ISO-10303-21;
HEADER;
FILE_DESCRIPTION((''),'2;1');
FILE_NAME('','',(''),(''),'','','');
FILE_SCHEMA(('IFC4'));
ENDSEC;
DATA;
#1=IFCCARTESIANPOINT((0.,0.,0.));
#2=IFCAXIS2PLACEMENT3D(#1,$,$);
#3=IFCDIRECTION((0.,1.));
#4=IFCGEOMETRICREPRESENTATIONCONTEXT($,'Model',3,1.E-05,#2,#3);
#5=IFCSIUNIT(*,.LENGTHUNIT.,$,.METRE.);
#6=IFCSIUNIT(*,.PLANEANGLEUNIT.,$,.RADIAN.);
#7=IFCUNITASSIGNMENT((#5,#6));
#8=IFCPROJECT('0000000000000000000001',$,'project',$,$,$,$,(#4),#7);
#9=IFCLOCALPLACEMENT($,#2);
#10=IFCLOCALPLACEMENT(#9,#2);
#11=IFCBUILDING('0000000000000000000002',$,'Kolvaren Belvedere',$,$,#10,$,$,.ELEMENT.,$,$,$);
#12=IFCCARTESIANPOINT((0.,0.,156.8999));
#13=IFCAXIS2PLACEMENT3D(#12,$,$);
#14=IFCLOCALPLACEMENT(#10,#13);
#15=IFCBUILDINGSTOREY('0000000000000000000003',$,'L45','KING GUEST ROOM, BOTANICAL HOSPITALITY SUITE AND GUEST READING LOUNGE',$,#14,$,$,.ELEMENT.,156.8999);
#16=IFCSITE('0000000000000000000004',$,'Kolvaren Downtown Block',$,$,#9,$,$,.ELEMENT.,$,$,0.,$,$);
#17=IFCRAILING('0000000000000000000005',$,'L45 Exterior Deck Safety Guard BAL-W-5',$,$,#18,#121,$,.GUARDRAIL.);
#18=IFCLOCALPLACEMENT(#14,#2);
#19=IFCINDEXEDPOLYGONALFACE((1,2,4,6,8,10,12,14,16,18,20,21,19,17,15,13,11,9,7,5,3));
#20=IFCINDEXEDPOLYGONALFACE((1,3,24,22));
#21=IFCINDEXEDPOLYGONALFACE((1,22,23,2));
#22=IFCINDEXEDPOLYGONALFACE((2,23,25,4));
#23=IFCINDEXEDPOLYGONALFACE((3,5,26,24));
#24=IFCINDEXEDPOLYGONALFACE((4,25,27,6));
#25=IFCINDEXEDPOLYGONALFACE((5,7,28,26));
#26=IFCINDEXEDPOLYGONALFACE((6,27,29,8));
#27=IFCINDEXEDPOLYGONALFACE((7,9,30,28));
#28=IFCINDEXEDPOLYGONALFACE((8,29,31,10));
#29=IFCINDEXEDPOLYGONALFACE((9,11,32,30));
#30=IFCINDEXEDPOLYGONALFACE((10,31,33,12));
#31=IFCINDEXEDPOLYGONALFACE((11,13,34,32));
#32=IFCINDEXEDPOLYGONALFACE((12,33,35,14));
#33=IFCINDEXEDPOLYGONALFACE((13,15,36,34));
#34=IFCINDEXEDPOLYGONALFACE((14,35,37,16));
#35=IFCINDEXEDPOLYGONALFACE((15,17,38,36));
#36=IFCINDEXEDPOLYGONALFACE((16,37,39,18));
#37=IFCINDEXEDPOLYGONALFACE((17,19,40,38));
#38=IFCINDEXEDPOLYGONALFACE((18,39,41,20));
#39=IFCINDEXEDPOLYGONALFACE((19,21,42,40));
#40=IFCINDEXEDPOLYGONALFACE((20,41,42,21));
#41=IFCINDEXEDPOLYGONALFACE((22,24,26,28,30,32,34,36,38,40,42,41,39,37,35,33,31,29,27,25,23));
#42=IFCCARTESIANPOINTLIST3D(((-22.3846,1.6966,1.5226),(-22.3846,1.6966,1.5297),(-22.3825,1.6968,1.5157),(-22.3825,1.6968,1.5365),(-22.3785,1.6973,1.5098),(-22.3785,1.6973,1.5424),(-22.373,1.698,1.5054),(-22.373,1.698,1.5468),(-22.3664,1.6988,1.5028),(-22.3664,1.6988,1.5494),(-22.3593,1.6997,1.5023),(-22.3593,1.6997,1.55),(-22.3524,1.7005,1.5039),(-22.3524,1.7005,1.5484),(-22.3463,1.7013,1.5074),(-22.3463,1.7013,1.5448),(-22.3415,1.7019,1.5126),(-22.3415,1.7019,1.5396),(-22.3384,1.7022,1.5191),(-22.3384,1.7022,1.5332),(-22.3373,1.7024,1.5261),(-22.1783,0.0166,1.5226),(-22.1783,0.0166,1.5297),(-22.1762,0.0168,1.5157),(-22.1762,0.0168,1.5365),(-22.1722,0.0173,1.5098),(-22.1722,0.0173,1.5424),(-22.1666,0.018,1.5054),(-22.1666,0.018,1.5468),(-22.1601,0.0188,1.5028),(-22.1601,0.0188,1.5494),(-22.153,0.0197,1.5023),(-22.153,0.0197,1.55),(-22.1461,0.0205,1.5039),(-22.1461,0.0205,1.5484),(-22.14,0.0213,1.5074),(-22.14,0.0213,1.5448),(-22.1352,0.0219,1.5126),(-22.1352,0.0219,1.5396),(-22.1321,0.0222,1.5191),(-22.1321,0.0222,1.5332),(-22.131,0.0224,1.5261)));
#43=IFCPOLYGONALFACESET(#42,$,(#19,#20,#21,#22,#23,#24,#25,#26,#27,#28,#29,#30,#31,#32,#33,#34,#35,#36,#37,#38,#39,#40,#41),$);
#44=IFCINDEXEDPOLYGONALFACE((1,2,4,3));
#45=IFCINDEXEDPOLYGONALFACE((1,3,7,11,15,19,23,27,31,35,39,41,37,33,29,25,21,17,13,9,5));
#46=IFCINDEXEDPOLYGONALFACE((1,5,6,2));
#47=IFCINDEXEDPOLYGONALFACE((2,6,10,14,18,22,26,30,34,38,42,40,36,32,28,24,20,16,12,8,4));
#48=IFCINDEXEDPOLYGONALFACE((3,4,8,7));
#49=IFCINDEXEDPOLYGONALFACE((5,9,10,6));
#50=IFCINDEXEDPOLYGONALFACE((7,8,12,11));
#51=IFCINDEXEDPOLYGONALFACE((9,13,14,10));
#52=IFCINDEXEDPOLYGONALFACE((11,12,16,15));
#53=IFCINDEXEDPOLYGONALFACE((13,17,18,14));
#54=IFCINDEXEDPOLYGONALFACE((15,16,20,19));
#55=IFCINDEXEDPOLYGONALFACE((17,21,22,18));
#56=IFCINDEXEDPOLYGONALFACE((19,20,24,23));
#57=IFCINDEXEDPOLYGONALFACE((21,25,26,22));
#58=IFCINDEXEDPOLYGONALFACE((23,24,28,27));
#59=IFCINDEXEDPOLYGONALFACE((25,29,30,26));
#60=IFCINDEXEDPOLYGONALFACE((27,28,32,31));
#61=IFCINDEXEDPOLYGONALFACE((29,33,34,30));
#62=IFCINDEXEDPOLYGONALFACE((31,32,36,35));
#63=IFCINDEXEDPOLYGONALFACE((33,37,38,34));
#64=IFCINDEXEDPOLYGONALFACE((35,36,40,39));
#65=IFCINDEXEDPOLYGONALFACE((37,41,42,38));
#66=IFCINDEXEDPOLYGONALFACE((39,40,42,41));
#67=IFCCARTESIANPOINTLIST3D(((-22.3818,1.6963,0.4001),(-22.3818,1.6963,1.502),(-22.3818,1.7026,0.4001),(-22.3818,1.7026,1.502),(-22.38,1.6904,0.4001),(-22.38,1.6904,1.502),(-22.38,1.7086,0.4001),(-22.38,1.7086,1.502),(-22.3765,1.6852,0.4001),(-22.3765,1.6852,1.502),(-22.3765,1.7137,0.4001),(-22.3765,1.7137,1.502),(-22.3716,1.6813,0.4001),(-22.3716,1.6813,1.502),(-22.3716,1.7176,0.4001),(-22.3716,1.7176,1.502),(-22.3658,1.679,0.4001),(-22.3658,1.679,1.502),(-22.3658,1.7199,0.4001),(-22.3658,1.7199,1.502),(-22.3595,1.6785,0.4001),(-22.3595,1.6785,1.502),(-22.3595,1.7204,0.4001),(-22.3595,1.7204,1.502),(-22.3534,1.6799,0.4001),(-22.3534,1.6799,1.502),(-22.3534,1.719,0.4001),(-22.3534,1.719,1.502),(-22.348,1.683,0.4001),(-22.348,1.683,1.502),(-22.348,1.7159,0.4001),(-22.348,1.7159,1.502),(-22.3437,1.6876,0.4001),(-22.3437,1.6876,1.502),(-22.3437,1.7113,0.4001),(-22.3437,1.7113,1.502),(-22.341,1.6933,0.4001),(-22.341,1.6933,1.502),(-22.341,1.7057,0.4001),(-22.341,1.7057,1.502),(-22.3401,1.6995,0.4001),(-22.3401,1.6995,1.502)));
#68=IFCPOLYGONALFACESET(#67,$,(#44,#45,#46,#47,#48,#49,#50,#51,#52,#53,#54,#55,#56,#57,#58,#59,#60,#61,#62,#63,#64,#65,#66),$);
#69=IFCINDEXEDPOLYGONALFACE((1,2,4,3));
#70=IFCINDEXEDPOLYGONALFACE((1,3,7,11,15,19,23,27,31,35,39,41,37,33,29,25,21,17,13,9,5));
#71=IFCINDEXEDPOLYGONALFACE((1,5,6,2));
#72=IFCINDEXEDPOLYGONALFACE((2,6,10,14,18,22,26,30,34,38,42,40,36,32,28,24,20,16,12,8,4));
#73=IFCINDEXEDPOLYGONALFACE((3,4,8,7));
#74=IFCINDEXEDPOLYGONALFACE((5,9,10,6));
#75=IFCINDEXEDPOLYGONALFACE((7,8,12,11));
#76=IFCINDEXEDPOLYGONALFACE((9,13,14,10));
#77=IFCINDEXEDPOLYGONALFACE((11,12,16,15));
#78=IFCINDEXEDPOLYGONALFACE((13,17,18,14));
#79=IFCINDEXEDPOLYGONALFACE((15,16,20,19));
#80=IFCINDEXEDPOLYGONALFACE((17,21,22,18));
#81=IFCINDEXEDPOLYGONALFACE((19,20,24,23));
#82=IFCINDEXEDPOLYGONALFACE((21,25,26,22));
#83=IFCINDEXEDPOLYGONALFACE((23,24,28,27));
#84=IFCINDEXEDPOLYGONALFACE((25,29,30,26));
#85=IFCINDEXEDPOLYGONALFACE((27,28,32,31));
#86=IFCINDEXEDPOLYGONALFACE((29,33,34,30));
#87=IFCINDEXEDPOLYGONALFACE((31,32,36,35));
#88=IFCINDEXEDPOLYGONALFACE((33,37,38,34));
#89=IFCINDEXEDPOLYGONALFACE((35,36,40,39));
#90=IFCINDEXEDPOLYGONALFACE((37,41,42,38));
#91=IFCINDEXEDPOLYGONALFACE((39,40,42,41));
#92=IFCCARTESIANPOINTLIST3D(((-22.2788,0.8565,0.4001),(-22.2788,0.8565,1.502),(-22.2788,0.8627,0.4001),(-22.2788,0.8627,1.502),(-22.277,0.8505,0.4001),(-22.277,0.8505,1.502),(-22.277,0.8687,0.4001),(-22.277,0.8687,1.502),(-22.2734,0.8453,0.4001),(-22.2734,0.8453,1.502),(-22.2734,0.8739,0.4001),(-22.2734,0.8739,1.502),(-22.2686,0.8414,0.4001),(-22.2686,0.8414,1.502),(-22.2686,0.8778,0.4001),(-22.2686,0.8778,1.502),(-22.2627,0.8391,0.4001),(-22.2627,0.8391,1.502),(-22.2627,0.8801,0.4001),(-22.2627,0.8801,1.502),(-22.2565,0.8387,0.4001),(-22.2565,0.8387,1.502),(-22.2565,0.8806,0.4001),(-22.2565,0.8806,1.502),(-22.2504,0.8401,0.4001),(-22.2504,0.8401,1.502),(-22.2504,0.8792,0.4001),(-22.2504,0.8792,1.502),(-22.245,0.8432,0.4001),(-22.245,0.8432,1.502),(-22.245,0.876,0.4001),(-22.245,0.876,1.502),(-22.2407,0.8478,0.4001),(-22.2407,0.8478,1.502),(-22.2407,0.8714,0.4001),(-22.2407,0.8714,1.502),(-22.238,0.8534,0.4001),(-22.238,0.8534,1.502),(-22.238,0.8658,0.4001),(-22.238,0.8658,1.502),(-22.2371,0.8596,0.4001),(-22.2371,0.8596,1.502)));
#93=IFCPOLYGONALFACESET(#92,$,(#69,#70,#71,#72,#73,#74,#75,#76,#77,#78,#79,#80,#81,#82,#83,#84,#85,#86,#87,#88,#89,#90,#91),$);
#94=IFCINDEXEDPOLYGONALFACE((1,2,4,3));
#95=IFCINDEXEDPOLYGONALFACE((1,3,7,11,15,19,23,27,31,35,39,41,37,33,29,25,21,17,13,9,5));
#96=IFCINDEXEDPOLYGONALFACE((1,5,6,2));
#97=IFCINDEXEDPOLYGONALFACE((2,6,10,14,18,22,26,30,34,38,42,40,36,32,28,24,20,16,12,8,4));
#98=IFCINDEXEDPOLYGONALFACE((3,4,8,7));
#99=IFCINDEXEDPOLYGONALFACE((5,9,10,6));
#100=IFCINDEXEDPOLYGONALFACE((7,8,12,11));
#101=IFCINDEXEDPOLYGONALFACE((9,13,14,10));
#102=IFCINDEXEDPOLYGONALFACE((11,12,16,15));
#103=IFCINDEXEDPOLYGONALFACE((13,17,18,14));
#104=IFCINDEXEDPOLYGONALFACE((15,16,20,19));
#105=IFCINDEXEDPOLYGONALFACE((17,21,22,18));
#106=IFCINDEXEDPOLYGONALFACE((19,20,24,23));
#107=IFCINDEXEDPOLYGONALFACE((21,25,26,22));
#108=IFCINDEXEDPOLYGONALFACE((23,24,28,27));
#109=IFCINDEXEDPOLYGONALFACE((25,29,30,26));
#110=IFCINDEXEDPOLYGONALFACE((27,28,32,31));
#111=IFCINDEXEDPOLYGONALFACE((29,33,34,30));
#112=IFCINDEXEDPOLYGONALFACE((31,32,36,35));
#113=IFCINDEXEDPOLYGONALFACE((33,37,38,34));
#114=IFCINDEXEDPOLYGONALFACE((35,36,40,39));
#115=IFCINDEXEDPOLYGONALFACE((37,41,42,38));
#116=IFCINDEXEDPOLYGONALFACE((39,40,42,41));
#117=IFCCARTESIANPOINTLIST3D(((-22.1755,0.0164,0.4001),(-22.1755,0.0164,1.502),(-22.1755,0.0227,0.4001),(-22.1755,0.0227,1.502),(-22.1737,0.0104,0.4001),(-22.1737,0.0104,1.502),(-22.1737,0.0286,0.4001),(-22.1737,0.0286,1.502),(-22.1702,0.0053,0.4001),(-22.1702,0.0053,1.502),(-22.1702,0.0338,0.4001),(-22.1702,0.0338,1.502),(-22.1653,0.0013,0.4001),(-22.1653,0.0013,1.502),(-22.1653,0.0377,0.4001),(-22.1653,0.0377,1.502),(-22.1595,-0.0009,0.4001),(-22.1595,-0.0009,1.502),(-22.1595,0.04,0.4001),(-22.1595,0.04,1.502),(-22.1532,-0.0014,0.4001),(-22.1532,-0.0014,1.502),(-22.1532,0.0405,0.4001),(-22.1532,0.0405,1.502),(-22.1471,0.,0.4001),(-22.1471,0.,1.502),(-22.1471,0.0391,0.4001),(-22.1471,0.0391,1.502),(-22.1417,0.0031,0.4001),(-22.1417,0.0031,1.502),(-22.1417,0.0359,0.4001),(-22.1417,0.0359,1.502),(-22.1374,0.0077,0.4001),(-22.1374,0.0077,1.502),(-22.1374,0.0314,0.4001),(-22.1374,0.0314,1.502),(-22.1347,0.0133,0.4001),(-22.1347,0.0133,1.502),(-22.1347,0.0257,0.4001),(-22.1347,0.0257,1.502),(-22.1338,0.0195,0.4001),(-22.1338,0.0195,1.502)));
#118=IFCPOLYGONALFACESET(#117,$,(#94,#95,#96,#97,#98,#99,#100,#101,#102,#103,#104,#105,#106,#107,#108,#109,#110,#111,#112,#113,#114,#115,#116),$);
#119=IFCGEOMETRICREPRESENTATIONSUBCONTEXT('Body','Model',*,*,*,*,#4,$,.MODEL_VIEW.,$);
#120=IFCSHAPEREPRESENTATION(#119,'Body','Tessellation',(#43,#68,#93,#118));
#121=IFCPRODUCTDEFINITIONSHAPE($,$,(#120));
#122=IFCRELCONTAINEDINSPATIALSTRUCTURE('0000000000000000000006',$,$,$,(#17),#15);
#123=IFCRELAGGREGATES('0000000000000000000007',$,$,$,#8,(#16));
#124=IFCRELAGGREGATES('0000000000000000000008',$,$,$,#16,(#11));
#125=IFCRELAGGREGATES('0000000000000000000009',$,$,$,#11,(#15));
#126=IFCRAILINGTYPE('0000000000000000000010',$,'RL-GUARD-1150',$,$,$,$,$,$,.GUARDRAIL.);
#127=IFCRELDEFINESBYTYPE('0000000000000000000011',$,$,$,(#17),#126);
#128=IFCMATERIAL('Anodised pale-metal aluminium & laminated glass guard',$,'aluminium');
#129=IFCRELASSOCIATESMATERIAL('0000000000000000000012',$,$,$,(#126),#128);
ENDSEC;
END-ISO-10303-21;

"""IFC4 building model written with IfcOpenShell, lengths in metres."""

from ifc_helpers import new_model, si_unit, direction, frame, origin, origin_2d, place, context, subcontext, project, spatial, circle, extrude, material, type_object, element, save


model = new_model("IFC4")

# Units and contexts
model_context = context("Model", 3, precision=1e-05, world=origin(), true_north=direction((0.0, 1.0)))
body_context = subcontext(model_context, "Body", "Model", "MODEL_VIEW")
ifc_project = project(units=[si_unit("LENGTHUNIT", "METRE"), si_unit("PLANEANGLEUNIT", "RADIAN")], contexts=[model_context])

# Site, building, storey
site_placement = place(None, origin())
site = spatial("IfcSite", under=ifc_project, at=site_placement, Name="Kolvaren Downtown Block", CompositionType="ELEMENT", RefElevation=0.0)
building_placement = place(site_placement, origin())
building = spatial("IfcBuilding", under=site, at=building_placement, Name="Kolvaren Belvedere", CompositionType="ELEMENT")
storey_placement = place(building_placement, frame((0.0, 0.0, 156.8999)))
storey = spatial("IfcBuildingStorey", under=building, at=storey_placement, Name="L45", Description="KING GUEST ROOM, BOTANICAL HOSPITALITY SUITE AND GUEST READING LOUNGE", CompositionType="ELEMENT", Elevation=156.8999)

# Railing
ifc_material_1 = material(Name="Anodised pale-metal aluminium & laminated glass guard", Category="aluminium")
railing_type = type_object("IfcRailingType", Name="RL-GUARD-1150", PredefinedType="GUARDRAIL", material=ifc_material_1)
railing_1_placement = place(storey_placement, frame((-22.3611, 1.6995, 0.4001)))
element("IfcRailing", 1, at=railing_1_placement, inside=storey, type_object=railing_type, Name="L45 Exterior Deck Safety Guard BAL-W-5", PredefinedType="GUARDRAIL", context=body_context, shape_type="SweptSolid", body=[
    extrude(circle(Radius=0.0239, at=origin_2d()), frame((0.0, 0.0, 1.126), z_axis=(0.121886, -0.992544, 0.0), x_axis=(0.992544, 0.121886, 0.0)), (0.0, 0.0, 1.0), 1.6926),
    extrude(circle(Radius=0.021, at=origin_2d()), origin(), (0.0, 0.0, 1.0), 1.1018),
    extrude(circle(Radius=0.021, at=origin_2d()), frame((0.103, -0.8398, 0.0)), (0.0, 0.0, 1.0), 1.1018),
    extrude(circle(Radius=0.021, at=origin_2d()), frame((0.2063, -1.6799, 0.0)), (0.0, 0.0, 1.0), 1.1018),
])

save(model, "model.ifc")
